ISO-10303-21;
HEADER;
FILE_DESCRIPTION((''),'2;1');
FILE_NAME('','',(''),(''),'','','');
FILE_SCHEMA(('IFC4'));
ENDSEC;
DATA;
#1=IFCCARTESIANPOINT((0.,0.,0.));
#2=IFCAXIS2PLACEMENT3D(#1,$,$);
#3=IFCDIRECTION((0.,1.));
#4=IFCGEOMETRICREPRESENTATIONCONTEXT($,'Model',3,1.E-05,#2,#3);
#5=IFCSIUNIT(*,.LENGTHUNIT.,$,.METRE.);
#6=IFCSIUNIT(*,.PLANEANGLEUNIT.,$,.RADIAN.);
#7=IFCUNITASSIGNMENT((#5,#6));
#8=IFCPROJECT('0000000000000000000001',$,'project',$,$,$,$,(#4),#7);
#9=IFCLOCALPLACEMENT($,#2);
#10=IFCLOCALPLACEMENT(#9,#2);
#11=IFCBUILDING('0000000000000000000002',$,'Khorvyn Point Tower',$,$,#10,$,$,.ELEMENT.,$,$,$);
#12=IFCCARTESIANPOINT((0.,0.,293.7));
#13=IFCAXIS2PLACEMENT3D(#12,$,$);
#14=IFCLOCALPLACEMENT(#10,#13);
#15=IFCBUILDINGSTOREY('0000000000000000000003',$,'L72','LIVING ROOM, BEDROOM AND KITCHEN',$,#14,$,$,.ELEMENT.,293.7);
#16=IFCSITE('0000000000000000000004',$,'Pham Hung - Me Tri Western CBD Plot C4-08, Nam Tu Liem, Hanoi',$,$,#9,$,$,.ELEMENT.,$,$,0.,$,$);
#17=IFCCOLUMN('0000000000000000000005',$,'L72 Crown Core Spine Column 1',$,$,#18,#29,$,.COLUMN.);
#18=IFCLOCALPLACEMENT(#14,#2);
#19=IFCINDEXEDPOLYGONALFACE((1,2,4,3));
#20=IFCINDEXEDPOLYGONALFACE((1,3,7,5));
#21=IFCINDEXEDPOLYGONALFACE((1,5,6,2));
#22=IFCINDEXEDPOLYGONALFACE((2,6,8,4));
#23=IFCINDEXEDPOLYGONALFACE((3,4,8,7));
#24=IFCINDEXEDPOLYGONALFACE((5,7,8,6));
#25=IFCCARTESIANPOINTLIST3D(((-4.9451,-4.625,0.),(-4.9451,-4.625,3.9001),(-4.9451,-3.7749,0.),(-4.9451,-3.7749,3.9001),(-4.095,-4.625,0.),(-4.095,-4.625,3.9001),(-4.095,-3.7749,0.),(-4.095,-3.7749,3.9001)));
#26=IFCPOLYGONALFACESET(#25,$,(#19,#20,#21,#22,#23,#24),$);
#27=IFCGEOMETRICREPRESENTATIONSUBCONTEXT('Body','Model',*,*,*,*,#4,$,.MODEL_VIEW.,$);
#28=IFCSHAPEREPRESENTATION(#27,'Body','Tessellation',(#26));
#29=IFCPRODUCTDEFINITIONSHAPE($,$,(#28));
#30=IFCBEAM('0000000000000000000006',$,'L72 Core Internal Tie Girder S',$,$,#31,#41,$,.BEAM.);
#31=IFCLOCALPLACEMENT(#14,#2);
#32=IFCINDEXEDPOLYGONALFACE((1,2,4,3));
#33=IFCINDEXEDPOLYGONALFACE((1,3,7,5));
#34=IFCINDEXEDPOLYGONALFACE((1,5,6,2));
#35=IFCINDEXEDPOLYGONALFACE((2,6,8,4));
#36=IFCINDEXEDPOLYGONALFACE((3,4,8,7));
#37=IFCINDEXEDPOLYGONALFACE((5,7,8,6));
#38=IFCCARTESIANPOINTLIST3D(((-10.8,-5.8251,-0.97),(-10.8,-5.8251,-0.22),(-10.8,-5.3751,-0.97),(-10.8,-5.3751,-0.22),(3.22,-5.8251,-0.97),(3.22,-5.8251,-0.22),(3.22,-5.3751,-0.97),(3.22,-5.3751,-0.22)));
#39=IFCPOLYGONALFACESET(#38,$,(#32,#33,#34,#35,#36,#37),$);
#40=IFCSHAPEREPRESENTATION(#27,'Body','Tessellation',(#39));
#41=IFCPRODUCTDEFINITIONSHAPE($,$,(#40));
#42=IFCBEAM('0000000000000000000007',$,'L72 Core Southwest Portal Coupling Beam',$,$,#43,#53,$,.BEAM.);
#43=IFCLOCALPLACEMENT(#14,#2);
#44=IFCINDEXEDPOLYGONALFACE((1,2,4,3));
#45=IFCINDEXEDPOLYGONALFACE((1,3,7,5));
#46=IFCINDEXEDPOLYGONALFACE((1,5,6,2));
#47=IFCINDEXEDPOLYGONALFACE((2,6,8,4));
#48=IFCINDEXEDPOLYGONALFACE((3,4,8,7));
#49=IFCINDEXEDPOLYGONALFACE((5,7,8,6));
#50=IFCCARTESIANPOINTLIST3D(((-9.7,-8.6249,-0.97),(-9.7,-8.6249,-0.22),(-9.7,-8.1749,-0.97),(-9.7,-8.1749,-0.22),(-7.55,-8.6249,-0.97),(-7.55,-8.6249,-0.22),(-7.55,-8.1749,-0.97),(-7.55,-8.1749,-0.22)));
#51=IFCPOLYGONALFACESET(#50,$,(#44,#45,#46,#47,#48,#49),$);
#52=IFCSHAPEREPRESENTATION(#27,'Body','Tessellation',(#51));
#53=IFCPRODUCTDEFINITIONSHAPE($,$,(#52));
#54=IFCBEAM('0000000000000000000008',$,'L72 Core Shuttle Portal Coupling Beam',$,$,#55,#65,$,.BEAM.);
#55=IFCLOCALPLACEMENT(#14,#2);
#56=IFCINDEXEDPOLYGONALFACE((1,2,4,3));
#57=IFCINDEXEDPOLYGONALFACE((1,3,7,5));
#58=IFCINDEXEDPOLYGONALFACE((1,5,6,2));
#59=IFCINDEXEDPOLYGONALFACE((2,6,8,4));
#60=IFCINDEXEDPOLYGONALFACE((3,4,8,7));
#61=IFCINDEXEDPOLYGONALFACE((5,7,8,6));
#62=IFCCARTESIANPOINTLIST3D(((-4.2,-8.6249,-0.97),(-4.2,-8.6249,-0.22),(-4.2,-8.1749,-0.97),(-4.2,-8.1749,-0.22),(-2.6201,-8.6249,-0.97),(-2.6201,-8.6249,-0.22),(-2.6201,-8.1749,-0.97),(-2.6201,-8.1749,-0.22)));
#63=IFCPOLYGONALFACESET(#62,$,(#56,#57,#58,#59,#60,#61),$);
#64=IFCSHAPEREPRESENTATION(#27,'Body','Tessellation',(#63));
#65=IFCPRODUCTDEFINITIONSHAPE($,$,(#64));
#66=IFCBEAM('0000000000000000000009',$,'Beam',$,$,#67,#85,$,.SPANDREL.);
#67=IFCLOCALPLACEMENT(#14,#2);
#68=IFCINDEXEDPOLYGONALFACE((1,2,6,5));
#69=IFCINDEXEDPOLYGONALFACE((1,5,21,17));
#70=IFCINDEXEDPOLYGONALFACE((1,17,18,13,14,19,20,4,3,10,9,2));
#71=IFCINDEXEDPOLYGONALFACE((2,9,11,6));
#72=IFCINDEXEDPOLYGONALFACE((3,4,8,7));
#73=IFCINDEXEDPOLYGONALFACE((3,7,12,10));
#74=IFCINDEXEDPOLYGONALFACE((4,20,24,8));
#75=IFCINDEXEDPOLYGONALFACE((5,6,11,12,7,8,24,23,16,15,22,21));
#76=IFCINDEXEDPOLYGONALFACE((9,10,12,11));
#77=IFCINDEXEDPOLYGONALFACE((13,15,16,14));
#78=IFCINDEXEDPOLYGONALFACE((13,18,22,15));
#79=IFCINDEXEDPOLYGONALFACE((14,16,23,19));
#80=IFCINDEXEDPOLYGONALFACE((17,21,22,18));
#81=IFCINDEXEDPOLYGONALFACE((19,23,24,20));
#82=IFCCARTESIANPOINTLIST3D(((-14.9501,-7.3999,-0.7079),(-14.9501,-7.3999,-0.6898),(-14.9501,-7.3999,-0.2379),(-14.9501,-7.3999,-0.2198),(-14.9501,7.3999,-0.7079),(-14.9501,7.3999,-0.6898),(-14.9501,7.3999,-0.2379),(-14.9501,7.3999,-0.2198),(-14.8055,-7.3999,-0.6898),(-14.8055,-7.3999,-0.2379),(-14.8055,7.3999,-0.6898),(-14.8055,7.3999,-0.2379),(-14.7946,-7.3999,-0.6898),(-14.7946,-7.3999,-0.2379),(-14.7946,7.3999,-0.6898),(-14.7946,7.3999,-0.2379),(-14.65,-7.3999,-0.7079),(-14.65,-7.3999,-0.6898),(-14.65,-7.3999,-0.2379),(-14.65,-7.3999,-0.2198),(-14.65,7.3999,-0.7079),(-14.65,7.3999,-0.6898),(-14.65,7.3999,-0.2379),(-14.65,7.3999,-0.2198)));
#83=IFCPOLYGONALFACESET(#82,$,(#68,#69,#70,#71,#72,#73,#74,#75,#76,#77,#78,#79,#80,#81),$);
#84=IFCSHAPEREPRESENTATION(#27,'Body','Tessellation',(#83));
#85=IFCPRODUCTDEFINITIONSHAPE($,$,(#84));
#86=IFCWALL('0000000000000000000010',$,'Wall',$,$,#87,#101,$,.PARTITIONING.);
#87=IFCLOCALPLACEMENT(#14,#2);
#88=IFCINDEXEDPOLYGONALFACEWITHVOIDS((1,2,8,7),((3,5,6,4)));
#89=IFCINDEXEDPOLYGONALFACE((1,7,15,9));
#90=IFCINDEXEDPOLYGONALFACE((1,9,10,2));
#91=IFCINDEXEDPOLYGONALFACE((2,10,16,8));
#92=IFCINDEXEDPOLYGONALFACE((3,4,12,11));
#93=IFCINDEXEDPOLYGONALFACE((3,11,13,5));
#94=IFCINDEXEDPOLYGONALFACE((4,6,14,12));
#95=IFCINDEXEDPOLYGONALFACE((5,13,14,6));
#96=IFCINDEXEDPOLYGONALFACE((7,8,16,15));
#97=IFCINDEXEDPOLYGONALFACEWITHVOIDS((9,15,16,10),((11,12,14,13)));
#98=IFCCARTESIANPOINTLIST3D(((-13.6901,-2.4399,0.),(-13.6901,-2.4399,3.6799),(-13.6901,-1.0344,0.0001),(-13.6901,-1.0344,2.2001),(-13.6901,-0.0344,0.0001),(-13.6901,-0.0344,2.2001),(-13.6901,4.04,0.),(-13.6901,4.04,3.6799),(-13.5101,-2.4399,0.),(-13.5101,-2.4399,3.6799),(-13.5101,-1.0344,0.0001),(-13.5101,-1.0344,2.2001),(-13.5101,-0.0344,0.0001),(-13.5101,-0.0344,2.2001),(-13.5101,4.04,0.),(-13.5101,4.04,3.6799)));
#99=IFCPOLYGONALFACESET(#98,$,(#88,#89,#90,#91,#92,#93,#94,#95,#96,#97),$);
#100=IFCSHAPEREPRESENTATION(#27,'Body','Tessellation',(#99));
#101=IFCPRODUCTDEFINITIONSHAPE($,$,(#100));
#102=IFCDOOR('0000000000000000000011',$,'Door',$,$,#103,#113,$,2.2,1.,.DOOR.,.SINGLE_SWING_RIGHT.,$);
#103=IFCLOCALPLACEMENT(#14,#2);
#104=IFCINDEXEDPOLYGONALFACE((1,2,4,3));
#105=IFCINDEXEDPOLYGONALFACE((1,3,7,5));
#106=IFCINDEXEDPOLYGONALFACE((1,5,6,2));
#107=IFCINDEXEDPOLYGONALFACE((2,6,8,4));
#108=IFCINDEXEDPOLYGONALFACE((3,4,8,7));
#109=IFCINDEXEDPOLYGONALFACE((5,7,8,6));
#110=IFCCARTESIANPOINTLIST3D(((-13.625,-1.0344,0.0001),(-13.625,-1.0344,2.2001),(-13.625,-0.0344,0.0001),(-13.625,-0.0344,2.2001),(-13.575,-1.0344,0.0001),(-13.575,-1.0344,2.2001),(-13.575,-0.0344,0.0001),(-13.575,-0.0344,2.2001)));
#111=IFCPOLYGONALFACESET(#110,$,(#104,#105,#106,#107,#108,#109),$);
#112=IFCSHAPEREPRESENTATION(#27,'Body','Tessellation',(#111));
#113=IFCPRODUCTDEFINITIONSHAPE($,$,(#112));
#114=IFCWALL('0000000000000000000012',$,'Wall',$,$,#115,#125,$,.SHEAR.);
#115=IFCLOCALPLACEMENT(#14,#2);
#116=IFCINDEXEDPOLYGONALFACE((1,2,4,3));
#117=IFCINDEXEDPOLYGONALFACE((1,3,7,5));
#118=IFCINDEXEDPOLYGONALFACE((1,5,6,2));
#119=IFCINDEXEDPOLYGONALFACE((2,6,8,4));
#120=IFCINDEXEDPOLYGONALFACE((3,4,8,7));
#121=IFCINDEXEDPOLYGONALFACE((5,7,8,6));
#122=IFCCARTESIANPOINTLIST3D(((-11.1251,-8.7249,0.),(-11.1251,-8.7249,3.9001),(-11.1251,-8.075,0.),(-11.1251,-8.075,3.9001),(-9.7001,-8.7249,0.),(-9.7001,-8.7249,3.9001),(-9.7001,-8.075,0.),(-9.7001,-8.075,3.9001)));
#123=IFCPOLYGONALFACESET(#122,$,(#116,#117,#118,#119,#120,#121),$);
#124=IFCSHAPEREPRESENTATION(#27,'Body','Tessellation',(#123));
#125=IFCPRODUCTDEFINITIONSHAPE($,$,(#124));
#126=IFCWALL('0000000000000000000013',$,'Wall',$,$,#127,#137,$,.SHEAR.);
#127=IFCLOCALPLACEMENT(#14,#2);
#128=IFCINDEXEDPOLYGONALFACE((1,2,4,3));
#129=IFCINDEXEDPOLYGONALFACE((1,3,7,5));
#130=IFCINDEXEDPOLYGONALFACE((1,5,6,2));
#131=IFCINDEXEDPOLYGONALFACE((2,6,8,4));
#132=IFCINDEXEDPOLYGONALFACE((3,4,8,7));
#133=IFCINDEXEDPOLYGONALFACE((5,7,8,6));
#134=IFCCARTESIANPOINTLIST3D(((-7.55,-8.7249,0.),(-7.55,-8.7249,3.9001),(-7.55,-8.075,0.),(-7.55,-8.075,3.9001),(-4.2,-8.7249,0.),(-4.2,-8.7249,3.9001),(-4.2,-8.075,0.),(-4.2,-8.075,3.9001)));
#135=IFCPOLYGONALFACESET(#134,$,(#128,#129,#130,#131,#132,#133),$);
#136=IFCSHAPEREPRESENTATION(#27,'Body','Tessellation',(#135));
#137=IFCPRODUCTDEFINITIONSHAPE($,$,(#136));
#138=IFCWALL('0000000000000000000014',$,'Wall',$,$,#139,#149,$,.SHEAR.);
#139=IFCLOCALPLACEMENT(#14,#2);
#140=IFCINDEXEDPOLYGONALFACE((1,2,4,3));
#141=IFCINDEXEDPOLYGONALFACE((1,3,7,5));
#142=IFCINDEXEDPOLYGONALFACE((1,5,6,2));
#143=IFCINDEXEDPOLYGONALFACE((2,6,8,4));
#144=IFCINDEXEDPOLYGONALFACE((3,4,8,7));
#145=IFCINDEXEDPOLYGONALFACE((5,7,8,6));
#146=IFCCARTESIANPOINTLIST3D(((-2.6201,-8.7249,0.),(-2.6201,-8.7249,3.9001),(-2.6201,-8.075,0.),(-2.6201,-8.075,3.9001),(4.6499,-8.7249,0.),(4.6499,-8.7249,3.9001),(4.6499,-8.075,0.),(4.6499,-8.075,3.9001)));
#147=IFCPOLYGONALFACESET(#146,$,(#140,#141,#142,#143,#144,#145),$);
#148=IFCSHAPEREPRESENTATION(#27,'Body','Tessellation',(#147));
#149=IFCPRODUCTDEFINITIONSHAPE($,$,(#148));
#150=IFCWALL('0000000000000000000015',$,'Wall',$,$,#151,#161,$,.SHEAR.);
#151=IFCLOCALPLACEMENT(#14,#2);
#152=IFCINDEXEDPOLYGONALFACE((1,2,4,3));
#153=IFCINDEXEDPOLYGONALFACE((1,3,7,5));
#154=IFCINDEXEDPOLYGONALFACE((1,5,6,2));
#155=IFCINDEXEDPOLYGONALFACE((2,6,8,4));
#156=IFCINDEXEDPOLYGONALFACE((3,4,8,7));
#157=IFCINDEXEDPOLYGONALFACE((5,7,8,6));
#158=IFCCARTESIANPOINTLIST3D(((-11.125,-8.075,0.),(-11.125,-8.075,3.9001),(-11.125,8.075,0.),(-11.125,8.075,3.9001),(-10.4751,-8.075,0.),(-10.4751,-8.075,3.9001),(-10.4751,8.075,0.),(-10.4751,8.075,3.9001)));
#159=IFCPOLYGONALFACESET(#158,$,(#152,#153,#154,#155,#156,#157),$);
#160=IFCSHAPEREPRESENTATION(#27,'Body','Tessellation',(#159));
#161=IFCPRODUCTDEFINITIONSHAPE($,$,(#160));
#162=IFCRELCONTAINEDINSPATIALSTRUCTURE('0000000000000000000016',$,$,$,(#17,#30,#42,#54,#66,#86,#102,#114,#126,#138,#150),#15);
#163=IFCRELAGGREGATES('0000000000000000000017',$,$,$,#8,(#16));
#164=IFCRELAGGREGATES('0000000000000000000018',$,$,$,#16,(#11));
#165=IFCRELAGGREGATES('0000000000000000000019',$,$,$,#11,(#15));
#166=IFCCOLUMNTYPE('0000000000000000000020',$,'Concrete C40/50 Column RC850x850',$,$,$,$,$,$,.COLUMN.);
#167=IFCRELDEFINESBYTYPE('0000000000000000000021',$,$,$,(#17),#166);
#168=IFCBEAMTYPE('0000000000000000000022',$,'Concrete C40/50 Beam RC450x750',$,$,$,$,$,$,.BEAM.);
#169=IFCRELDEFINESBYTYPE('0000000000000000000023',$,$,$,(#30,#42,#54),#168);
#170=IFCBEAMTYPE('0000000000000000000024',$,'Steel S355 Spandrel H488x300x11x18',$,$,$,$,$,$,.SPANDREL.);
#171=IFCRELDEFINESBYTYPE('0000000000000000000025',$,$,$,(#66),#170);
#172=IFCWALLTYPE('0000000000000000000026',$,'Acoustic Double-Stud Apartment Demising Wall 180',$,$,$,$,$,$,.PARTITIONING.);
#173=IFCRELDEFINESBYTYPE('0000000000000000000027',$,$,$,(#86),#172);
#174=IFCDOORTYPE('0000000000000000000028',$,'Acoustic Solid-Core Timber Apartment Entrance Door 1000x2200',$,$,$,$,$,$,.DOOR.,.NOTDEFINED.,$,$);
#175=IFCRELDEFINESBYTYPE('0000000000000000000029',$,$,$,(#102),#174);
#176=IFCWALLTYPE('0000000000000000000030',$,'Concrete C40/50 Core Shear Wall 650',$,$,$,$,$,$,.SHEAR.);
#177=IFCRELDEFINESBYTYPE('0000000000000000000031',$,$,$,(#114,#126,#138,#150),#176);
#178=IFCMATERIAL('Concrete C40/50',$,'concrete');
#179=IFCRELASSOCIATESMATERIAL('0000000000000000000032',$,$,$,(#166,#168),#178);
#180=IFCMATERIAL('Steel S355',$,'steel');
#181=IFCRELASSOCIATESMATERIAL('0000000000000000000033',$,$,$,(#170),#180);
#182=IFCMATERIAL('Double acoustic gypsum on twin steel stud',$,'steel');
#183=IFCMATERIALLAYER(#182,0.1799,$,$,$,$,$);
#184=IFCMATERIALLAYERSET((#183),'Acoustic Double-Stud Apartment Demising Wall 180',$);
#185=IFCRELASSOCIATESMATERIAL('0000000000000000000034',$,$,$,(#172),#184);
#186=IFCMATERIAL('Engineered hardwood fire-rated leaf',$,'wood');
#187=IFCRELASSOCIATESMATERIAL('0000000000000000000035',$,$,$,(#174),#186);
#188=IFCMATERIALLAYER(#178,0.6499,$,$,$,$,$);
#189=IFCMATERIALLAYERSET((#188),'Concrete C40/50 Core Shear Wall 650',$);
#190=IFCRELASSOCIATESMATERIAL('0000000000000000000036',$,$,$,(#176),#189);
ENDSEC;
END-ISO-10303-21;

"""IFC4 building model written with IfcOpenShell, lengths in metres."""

from ifc_helpers import new_model, si_unit, direction, frame, frame_2d, origin, origin_2d, place, context, subcontext, project, spatial, rectangle, i_section, extrude, material, layer, layer_set, material_profile, profile_set, type_object, element, fill, save


model = new_model("IFC4")

# Units and contexts
model_context = context("Model", 3, precision=1e-05, world=origin(), true_north=direction((0.0, 1.0)))
body_context = subcontext(model_context, "Body", "Model", "MODEL_VIEW")
ifc_project = project(units=[si_unit("LENGTHUNIT", "METRE"), si_unit("PLANEANGLEUNIT", "RADIAN")], contexts=[model_context])

# Site, building, storey
site_placement = place(None, origin())
site = spatial("IfcSite", under=ifc_project, at=site_placement, Name="Pham Hung - Me Tri Western CBD Plot C4-08, Nam Tu Liem, Hanoi", CompositionType="ELEMENT", RefElevation=0.0)
building_placement = place(site_placement, origin())
building = spatial("IfcBuilding", under=site, at=building_placement, Name="Khorvyn Point Tower", CompositionType="ELEMENT")
storey_placement = place(building_placement, frame((0.0, 0.0, 293.7)))
storey = spatial("IfcBuildingStorey", under=building, at=storey_placement, Name="L72", Description="LIVING ROOM, BEDROOM AND KITCHEN", CompositionType="ELEMENT", Elevation=293.7)

# Column
ifc_material_1 = material(Name="Concrete C40/50", Category="concrete")
ifc_material_profile_1 = material_profile(ifc_material_1, rectangle(XDim=0.8501, YDim=0.8501, at=origin_2d()))
ifc_profile_set_1 = profile_set([ifc_material_profile_1], Name="Concrete C40/50 RC850x850")
column_type = type_object("IfcColumnType", Name="Concrete C40/50 Column RC850x850", PredefinedType="COLUMN", material=ifc_profile_set_1)
column_placement = place(storey_placement, frame((-4.52, -4.2, 0.0), z_axis=(0.0, 0.0, 1.0), x_axis=(1.0, 0.0, 0.0)))
element("IfcColumn", 1, at=column_placement, inside=storey, type_object=column_type, Name="L72 Crown Core Spine Column 1", PredefinedType="COLUMN", context=body_context, shape_type="SweptSolid", body=[
    extrude(rectangle(XDim=0.8501, YDim=0.8501, at=origin_2d()), origin(), (0.0, 0.0, 1.0), 3.9001),
])

# Beams
ifc_material_profile_2 = material_profile(ifc_material_1, rectangle(XDim=0.45, YDim=0.75, at=origin_2d()))
ifc_profile_set_2 = profile_set([ifc_material_profile_2], Name="Concrete C40/50 RC450x750")
beam_type_1 = type_object("IfcBeamType", Name="Concrete C40/50 Beam RC450x750", PredefinedType="BEAM", material=ifc_profile_set_2)
beam_1_placement = place(storey_placement, frame((-10.8, -5.6001, -0.595), z_axis=(1.0, 0.0, 0.0), x_axis=(0.0, 1.0, 0.0)))
element("IfcBeam", 2, at=beam_1_placement, inside=storey, type_object=beam_type_1, Name="L72 Core Internal Tie Girder S", PredefinedType="BEAM", context=body_context, shape_type="SweptSolid", body=[
    extrude(rectangle(XDim=0.45, YDim=0.75, at=origin_2d()), origin(), (0.0, 0.0, 1.0), 14.02),
])
beam_2_placement = place(storey_placement, frame((-9.7, -8.3999, -0.595), z_axis=(1.0, 0.0, 0.0), x_axis=(0.0, 1.0, 0.0)))
element("IfcBeam", 3, at=beam_2_placement, inside=storey, type_object=beam_type_1, Name="L72 Core Southwest Portal Coupling Beam", PredefinedType="BEAM", context=body_context, shape_type="SweptSolid", body=[
    extrude(rectangle(XDim=0.45, YDim=0.75, at=origin_2d()), origin(), (0.0, 0.0, 1.0), 2.1499),
])
beam_3_placement = place(storey_placement, frame((-4.2, -8.3999, -0.595), z_axis=(1.0, 0.0, 0.0), x_axis=(0.0, 1.0, 0.0)))
element("IfcBeam", 4, at=beam_3_placement, inside=storey, type_object=beam_type_1, Name="L72 Core Shuttle Portal Coupling Beam", PredefinedType="BEAM", context=body_context, shape_type="SweptSolid", body=[
    extrude(rectangle(XDim=0.45, YDim=0.75, at=origin_2d()), origin(), (0.0, 0.0, 1.0), 1.5798),
])
ifc_material_2 = material(Name="Steel S355", Category="steel")
ifc_material_profile_3 = material_profile(ifc_material_2, i_section(OverallWidth=0.3, OverallDepth=0.488, WebThickness=0.011, FlangeThickness=0.0181, at=origin_2d()))
ifc_profile_set_3 = profile_set([ifc_material_profile_3], Name="Steel S355 H488x300x11x18")
beam_type_2 = type_object("IfcBeamType", Name="Steel S355 Spandrel H488x300x11x18", PredefinedType="SPANDREL", material=ifc_profile_set_3)
beam_4_placement = place(storey_placement, frame((-14.8, -7.3999, -0.4639), z_axis=(0.0, 1.0, 0.0), x_axis=(-1.0, 0.0, 0.0)))
element("IfcBeam", 5, at=beam_4_placement, inside=storey, type_object=beam_type_2, Name="Beam", PredefinedType="SPANDREL", context=body_context, shape_type="SweptSolid", body=[
    extrude(i_section(OverallWidth=0.3, OverallDepth=0.488, WebThickness=0.011, FlangeThickness=0.0181, at=origin_2d()), origin(), (0.0, 0.0, 1.0), 14.7998),
])

# Wall, opening, door
ifc_material_3 = material(Name="Double acoustic gypsum on twin steel stud", Category="steel")
ifc_layer_1 = layer(ifc_material_3, 0.1799)
ifc_layer_set_1 = layer_set([ifc_layer_1], Name="Acoustic Double-Stud Apartment Demising Wall 180")
wall_type_1 = type_object("IfcWallType", Name="Acoustic Double-Stud Apartment Demising Wall 180", PredefinedType="PARTITIONING", material=ifc_layer_set_1)
wall_1_placement = place(storey_placement, frame((-13.6001, -2.4399, 0.0), z_axis=(0.0, 0.0, 1.0), x_axis=(0.0, 1.0, 0.0)))
wall_1 = element("IfcWall", 6, at=wall_1_placement, inside=storey, type_object=wall_type_1, Name="Wall", PredefinedType="PARTITIONING", context=body_context, shape_type="SweptSolid", body=[
    extrude(rectangle(XDim=6.48, YDim=0.1799, at=frame_2d((3.24, 0.0))), origin(), (0.0, 0.0, 1.0), 3.6799),
])
opening_1_placement = place(wall_1_placement, frame((1.4055, 0.0, 0.0)))
opening_1 = element("IfcOpeningElement", 7, at=opening_1_placement, cuts=wall_1, PredefinedType="OPENING", context=body_context, shape_type="SweptSolid", body=[
    extrude(rectangle(XDim=1.0, YDim=2.2, at=frame_2d((0.5, 1.1001))), frame((0.0, 0.0999, 0.0), z_axis=(0.0, -1.0, 0.0), x_axis=(1.0, 0.0, 0.0)), (0.0, 0.0, 1.0), 0.2),
])
ifc_material_4 = material(Name="Engineered hardwood fire-rated leaf", Category="wood")
door_type_1 = type_object("IfcDoorType", Name="Acoustic Solid-Core Timber Apartment Entrance Door 1000x2200", OperationType="NOTDEFINED", PredefinedType="DOOR", material=ifc_material_4)
door_1_placement = place(opening_1_placement, origin())
door_1 = element("IfcDoor", 8, at=door_1_placement, inside=storey, type_object=door_type_1, Name="Door", OperationType="SINGLE_SWING_RIGHT", OverallHeight=2.2, OverallWidth=1.0, PredefinedType="DOOR", context=body_context, shape_type="SweptSolid", body=[
    extrude(rectangle(XDim=1.0, YDim=2.2, at=frame_2d((0.5, 1.1001))), frame((0.0, 0.0249, 0.0), z_axis=(0.0, -1.0, 0.0), x_axis=(1.0, 0.0, 0.0)), (0.0, 0.0, 1.0), 0.05),
])
fill(opening_1, door_1)

# Walls
ifc_layer_2 = layer(ifc_material_1, 0.6499)
ifc_layer_set_2 = layer_set([ifc_layer_2], Name="Concrete C40/50 Core Shear Wall 650")
wall_type_2 = type_object("IfcWallType", Name="Concrete C40/50 Core Shear Wall 650", PredefinedType="SHEAR", material=ifc_layer_set_2)
wall_2_placement = place(storey_placement, frame((-11.125, -8.3999, 0.0), z_axis=(0.0, 0.0, 1.0), x_axis=(1.0, 0.0, 0.0)))
element("IfcWall", 9, at=wall_2_placement, inside=storey, type_object=wall_type_2, Name="Wall", PredefinedType="SHEAR", context=body_context, shape_type="SweptSolid", body=[
    extrude(rectangle(XDim=1.425, YDim=0.6499, at=frame_2d((0.7124, 0.0))), origin(), (0.0, 0.0, 1.0), 3.9001),
])
wall_3_placement = place(storey_placement, frame((-7.55, -8.3999, 0.0), z_axis=(0.0, 0.0, 1.0), x_axis=(1.0, 0.0, 0.0)))
element("IfcWall", 10, at=wall_3_placement, inside=storey, type_object=wall_type_2, Name="Wall", PredefinedType="SHEAR", context=body_context, shape_type="SweptSolid", body=[
    extrude(rectangle(XDim=3.3501, YDim=0.6499, at=frame_2d((1.675, 0.0))), origin(), (0.0, 0.0, 1.0), 3.9001),
])
wall_4_placement = place(storey_placement, frame((-2.6201, -8.3999, 0.0), z_axis=(0.0, 0.0, 1.0), x_axis=(1.0, 0.0, 0.0)))
element("IfcWall", 11, at=wall_4_placement, inside=storey, type_object=wall_type_2, Name="Wall", PredefinedType="SHEAR", context=body_context, shape_type="SweptSolid", body=[
    extrude(rectangle(XDim=7.27, YDim=0.6499, at=frame_2d((3.635, 0.0))), origin(), (0.0, 0.0, 1.0), 3.9001),
])
wall_5_placement = place(storey_placement, frame((-10.8, -8.075, 0.0), z_axis=(0.0, 0.0, 1.0), x_axis=(0.0, 1.0, 0.0)))
element("IfcWall", 12, at=wall_5_placement, inside=storey, type_object=wall_type_2, Name="Wall", PredefinedType="SHEAR", context=body_context, shape_type="SweptSolid", body=[
    extrude(rectangle(XDim=16.1499, YDim=0.6499, at=frame_2d((8.075, 0.0))), origin(), (0.0, 0.0, 1.0), 3.9001),
])

save(model, "model.ifc")
